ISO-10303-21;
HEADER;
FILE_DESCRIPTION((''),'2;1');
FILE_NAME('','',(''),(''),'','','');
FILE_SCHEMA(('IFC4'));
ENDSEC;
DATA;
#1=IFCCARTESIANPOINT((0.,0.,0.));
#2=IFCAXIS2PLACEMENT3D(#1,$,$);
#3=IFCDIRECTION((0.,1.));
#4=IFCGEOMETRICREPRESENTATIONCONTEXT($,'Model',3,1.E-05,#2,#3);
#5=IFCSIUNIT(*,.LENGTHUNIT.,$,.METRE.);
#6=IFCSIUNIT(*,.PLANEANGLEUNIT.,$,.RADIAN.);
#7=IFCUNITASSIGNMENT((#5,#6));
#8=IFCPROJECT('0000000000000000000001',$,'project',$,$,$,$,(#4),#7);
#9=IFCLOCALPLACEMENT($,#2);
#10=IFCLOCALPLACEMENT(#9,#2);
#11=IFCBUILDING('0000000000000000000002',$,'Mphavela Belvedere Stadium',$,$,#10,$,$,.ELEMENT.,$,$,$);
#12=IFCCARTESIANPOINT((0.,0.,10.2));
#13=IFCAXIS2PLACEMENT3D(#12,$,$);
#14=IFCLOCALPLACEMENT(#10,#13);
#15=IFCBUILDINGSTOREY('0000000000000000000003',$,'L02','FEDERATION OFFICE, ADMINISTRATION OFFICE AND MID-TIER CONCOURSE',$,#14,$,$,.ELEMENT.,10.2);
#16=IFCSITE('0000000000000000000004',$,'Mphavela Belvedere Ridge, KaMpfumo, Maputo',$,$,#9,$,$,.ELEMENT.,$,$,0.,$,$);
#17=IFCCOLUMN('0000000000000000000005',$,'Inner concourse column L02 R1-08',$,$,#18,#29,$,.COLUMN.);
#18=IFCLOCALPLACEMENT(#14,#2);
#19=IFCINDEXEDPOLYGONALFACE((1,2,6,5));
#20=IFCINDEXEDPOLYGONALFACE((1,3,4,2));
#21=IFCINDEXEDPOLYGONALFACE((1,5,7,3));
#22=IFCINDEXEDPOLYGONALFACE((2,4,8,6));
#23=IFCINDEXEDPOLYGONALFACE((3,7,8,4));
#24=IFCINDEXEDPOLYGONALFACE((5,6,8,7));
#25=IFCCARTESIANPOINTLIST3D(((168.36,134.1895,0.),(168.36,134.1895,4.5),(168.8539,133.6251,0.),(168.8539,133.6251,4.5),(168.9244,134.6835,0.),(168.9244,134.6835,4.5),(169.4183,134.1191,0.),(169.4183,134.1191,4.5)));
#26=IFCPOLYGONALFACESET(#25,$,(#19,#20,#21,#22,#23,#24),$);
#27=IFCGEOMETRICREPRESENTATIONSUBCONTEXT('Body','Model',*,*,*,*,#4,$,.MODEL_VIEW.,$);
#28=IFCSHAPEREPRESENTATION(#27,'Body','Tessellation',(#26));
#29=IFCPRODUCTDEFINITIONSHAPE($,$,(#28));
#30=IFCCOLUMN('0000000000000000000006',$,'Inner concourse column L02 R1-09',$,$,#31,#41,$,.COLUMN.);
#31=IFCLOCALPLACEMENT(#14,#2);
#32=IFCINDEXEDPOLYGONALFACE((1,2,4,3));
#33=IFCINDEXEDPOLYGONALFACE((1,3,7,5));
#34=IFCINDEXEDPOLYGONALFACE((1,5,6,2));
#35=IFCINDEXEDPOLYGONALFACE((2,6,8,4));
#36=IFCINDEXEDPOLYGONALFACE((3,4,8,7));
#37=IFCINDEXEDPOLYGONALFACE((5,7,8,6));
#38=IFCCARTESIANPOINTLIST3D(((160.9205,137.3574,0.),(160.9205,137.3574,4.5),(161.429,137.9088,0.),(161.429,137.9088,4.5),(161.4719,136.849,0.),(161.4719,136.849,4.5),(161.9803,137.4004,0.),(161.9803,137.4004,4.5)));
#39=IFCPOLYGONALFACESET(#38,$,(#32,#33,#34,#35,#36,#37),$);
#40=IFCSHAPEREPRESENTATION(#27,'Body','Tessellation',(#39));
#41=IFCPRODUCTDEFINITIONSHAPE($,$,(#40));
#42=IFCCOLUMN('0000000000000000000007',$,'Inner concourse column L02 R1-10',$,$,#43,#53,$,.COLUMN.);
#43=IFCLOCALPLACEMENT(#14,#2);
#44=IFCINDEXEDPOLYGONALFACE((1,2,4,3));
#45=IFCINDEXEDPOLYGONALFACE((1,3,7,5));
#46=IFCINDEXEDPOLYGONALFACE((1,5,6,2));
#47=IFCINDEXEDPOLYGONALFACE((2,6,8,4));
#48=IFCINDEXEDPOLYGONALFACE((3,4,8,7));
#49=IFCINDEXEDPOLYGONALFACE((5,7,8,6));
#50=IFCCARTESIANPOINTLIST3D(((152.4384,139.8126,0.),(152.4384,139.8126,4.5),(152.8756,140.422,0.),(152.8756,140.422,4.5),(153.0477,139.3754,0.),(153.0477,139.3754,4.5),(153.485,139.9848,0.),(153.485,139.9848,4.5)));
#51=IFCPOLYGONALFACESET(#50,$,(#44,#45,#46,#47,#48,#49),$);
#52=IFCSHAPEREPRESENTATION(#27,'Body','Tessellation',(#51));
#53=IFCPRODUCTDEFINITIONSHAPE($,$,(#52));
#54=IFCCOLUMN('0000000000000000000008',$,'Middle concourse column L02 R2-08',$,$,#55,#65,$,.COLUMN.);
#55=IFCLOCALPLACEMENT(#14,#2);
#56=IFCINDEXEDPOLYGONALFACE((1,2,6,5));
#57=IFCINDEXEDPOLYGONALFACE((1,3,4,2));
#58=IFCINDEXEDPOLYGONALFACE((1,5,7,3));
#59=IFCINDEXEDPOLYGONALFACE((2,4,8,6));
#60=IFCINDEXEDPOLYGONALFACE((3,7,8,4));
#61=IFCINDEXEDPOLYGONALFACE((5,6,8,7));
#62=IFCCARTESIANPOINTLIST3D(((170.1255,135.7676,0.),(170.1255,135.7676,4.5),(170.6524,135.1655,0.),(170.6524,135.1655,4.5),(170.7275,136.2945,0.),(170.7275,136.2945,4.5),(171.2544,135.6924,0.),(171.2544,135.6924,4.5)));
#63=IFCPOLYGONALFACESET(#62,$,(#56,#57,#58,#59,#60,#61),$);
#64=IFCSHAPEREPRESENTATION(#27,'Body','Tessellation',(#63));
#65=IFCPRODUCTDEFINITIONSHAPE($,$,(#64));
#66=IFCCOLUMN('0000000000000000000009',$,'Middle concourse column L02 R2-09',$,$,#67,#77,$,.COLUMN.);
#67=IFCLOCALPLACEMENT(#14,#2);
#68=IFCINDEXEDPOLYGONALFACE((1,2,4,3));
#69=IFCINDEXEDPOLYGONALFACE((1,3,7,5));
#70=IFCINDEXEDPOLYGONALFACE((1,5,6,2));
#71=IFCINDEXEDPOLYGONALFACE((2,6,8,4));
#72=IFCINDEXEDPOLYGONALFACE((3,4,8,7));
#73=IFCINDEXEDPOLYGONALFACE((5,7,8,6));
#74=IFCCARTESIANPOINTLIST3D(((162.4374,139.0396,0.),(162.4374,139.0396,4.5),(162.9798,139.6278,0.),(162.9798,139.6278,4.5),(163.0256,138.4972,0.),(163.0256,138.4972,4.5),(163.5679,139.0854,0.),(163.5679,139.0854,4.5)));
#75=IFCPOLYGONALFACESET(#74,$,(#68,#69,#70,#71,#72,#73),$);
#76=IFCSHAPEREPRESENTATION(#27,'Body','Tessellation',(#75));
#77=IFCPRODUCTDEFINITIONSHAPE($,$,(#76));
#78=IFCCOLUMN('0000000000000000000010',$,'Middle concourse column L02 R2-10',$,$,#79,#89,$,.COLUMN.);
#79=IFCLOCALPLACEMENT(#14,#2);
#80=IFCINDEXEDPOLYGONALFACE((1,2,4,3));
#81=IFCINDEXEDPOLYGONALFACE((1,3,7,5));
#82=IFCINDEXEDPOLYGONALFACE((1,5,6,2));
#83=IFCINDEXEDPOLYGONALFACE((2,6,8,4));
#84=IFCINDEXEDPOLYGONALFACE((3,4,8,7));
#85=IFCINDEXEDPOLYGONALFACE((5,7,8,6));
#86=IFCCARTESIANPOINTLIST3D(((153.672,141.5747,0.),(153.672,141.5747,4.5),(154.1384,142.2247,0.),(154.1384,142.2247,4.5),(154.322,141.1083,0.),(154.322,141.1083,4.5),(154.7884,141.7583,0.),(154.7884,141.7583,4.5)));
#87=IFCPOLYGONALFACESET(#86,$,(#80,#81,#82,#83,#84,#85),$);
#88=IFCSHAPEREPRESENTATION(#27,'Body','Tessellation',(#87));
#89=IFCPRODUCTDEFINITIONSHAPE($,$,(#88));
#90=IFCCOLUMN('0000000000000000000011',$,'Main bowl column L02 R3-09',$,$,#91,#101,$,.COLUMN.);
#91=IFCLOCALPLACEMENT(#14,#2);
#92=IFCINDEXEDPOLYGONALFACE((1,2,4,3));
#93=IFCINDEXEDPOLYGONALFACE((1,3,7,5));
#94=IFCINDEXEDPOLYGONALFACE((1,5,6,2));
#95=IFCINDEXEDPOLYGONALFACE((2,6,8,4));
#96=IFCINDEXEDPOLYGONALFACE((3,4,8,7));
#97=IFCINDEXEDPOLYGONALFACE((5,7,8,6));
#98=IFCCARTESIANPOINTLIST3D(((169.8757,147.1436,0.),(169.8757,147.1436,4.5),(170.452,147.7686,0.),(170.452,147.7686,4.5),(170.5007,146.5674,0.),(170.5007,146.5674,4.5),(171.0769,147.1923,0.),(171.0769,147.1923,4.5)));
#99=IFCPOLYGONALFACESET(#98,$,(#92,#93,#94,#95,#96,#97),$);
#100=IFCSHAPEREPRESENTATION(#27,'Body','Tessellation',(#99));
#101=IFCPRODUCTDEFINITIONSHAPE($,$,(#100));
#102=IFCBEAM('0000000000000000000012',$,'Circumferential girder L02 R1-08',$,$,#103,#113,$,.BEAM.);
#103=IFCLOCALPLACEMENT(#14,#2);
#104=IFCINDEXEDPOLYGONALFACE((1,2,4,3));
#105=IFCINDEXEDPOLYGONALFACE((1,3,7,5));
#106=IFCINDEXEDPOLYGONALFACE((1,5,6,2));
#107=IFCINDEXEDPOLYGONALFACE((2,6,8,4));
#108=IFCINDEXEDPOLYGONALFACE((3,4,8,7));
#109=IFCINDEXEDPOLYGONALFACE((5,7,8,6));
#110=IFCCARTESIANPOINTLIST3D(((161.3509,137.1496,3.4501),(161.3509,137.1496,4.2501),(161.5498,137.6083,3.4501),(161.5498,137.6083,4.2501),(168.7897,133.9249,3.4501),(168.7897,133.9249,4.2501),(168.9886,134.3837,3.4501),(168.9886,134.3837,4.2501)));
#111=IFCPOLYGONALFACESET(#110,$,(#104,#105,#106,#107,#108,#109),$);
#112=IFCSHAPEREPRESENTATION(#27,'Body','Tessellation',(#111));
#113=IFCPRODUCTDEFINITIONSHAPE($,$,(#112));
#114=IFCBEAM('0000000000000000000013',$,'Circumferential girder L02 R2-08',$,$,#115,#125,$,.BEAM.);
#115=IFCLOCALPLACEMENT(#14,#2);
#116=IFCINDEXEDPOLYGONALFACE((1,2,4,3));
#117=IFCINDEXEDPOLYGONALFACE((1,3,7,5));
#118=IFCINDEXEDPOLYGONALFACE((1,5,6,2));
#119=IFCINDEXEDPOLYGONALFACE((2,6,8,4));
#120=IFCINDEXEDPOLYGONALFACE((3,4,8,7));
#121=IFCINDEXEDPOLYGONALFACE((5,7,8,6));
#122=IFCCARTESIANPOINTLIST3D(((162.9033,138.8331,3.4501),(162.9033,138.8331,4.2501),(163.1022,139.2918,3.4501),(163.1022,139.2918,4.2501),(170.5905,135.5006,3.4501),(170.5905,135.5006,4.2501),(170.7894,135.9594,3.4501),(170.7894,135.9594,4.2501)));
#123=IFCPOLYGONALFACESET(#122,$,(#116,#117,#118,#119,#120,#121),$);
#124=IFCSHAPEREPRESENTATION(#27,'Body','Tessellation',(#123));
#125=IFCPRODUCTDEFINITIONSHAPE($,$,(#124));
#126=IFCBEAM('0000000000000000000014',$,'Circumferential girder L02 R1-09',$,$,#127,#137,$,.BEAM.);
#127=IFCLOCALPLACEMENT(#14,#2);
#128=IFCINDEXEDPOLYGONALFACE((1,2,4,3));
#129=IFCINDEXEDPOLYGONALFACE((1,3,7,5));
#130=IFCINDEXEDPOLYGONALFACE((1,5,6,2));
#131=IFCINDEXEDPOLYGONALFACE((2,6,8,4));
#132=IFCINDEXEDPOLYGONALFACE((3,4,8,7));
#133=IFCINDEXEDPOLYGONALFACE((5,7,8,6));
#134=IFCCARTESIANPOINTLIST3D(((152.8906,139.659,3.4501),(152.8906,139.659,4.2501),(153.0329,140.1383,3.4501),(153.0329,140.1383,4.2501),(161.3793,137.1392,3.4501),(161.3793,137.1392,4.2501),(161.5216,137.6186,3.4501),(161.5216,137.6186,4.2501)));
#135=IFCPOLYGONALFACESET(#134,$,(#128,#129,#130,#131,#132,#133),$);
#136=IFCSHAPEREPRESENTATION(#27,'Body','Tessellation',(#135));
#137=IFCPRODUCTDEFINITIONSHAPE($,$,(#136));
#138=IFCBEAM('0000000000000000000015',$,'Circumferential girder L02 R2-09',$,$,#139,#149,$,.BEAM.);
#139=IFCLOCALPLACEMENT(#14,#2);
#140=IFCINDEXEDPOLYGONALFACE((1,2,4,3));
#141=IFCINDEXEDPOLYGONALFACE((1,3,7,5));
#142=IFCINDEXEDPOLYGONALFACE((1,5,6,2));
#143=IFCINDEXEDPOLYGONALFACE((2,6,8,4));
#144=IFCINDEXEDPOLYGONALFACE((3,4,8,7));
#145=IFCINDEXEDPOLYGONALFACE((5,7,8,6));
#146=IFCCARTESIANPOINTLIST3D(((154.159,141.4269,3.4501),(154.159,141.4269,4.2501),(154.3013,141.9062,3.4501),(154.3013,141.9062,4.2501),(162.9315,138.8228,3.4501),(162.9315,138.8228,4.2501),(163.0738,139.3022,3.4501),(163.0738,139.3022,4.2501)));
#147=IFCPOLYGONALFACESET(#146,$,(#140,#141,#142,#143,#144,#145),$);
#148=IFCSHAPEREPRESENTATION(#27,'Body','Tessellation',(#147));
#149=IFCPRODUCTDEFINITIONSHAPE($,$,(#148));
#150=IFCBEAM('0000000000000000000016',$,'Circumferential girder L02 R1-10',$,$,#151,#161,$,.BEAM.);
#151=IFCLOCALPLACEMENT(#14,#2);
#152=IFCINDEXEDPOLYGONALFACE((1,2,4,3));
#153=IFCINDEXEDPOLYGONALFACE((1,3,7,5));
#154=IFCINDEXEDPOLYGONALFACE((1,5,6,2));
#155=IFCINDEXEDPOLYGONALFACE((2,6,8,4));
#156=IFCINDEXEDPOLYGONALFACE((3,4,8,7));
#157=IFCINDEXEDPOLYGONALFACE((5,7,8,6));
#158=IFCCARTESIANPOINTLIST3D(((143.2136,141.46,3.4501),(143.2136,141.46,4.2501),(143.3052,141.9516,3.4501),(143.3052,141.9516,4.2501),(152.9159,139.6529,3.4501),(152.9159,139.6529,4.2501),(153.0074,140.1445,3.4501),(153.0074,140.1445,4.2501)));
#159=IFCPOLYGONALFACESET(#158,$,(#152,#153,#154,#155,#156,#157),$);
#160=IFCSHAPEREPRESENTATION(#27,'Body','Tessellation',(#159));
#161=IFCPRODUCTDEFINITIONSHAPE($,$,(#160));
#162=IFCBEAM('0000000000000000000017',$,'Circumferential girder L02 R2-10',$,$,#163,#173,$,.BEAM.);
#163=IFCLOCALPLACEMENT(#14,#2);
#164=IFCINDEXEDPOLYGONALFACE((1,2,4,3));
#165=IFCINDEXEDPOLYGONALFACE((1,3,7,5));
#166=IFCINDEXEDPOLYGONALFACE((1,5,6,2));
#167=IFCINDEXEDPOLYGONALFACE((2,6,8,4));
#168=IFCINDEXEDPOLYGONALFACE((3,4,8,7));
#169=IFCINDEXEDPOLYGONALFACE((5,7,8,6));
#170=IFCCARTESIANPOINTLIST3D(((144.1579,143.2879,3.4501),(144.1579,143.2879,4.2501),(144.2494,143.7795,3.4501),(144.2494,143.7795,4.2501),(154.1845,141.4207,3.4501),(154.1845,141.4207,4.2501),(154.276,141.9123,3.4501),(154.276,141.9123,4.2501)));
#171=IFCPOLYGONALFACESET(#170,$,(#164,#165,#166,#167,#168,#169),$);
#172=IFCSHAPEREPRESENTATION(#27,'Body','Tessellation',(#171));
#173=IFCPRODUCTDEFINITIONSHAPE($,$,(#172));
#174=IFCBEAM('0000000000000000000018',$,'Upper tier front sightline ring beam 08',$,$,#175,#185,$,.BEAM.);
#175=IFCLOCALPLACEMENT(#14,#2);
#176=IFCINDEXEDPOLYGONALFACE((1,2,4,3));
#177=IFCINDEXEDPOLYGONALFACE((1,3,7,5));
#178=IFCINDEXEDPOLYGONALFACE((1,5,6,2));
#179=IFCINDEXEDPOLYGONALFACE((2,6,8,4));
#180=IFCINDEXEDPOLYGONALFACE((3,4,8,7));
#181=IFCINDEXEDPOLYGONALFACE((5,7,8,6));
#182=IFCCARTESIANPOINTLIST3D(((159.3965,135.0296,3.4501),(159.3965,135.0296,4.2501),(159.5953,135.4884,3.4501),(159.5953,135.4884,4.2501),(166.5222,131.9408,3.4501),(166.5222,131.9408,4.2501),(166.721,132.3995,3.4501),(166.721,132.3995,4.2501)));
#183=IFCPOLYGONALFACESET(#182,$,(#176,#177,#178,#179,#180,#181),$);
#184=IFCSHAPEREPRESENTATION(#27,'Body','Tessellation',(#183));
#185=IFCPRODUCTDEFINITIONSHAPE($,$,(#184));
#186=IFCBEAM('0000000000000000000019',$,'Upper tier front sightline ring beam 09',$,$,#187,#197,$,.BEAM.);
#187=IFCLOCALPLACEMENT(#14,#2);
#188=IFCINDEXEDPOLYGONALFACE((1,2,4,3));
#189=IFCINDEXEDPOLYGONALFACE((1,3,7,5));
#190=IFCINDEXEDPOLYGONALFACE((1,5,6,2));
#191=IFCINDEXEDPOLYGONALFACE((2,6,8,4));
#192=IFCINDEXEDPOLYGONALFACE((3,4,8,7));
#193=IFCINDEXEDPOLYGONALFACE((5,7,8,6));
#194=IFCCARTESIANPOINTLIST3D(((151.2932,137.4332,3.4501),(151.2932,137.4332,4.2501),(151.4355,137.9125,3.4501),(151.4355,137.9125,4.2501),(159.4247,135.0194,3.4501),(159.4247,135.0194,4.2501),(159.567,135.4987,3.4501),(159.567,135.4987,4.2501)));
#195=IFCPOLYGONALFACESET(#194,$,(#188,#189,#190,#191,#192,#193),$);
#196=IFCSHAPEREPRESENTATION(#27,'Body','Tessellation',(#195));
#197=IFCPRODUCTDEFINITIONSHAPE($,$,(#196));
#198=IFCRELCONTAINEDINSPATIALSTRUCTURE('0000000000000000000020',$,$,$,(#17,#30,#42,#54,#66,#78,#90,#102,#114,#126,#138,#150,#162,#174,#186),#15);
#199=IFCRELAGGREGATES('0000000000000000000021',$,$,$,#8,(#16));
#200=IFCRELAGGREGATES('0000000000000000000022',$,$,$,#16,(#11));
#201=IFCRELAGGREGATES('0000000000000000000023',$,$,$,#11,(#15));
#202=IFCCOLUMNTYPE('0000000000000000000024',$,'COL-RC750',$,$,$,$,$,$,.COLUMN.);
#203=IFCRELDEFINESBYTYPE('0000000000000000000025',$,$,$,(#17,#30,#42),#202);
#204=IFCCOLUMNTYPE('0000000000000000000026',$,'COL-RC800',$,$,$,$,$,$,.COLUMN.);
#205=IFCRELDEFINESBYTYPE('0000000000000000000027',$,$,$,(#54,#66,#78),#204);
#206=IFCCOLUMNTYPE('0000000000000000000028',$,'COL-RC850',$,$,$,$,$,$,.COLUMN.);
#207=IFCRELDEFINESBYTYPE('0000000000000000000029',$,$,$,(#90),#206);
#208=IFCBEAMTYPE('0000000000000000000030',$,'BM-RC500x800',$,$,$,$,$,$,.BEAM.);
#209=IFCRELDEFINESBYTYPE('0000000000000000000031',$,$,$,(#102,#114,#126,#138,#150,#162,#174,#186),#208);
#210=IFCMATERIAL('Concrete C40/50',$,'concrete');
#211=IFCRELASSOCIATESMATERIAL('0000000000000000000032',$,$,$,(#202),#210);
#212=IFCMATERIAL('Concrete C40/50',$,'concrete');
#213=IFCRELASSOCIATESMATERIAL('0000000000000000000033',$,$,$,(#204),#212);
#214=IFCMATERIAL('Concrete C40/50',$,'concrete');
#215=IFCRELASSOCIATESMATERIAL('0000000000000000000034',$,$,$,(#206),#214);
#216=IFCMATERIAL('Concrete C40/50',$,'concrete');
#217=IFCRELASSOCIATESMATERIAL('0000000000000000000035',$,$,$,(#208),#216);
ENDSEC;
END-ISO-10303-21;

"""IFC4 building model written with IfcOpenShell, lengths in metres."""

from ifc_helpers import new_model, si_unit, direction, frame, origin, origin_2d, place, context, subcontext, project, spatial, rectangle, extrude, material, material_profile, profile_set, type_object, element, save


model = new_model("IFC4")

# Units and contexts
model_context = context("Model", 3, precision=1e-05, world=origin(), true_north=direction((0.0, 1.0)))
body_context = subcontext(model_context, "Body", "Model", "MODEL_VIEW")
ifc_project = project(units=[si_unit("LENGTHUNIT", "METRE"), si_unit("PLANEANGLEUNIT", "RADIAN")], contexts=[model_context])

# Site, building, storey
site_placement = place(None, origin())
site = spatial("IfcSite", under=ifc_project, at=site_placement, Name="Mphavela Belvedere Ridge, KaMpfumo, Maputo", CompositionType="ELEMENT", RefElevation=0.0)
building_placement = place(site_placement, origin())
building = spatial("IfcBuilding", under=site, at=building_placement, Name="Mphavela Belvedere Stadium", CompositionType="ELEMENT")
storey_placement = place(building_placement, frame((0.0, 0.0, 10.2)))
storey = spatial("IfcBuildingStorey", under=building, at=storey_placement, Name="L02", Description="FEDERATION OFFICE, ADMINISTRATION OFFICE AND MID-TIER CONCOURSE", CompositionType="ELEMENT", Elevation=10.2)

# Columns
ifc_material_1 = material(Name="Concrete C40/50", Category="concrete")
ifc_material_profile_1 = material_profile(ifc_material_1, rectangle(XDim=0.75, YDim=0.75, at=origin_2d()), Name="RC 750x750")
ifc_profile_set_1 = profile_set([ifc_material_profile_1], Name="Concrete C40/50")
column_type_1 = type_object("IfcColumnType", Name="COL-RC750", PredefinedType="COLUMN", material=ifc_profile_set_1)
for number, where, z_axis, x_axis, name in (
    (1, (168.8892, 134.1543, 0.0), (0.0, 0.0, 1.0), (0.75253, 0.658558, 0.0), "Inner concourse column L02 R1-08"),
    (2, (161.4504, 137.3789, 0.0), (0.0, 0.0, 1.0), (0.677903, 0.735151, 0.0), "Inner concourse column L02 R1-09"),
    (3, (152.9617, 139.8987, 0.0), (0.0, 0.0, 1.0), (0.582974, 0.812491, 0.0), "Inner concourse column L02 R1-10"),
):
    element("IfcColumn", number, at=place(storey_placement, frame(where, z_axis=z_axis, x_axis=x_axis)), inside=storey, type_object=column_type_1, Name=name, PredefinedType="COLUMN", context=body_context, shape_type="SweptSolid", body=[
        extrude(rectangle(XDim=0.75, YDim=0.75, at=origin_2d()), origin(), (0.0, 0.0, 1.0), 4.5),
    ])
ifc_material_2 = material(Name="Concrete C40/50", Category="concrete")
ifc_material_profile_2 = material_profile(ifc_material_2, rectangle(XDim=0.8, YDim=0.8, at=origin_2d()), Name="RC 800x800")
ifc_profile_set_2 = profile_set([ifc_material_profile_2], Name="Concrete C40/50")
column_type_2 = type_object("IfcColumnType", Name="COL-RC800", PredefinedType="COLUMN", material=ifc_profile_set_2)
for number, where, z_axis, x_axis, name in (
    (4, (170.6899, 135.73, 0.0), (0.0, 0.0, 1.0), (0.75253, 0.658558, 0.0), "Middle concourse column L02 R2-08"),
    (5, (163.0027, 139.0625, 0.0), (0.0, 0.0, 1.0), (0.677903, 0.735151, 0.0), "Middle concourse column L02 R2-09"),
    (6, (154.2302, 141.6665, 0.0), (0.0, 0.0, 1.0), (0.582974, 0.812491, 0.0), "Middle concourse column L02 R2-10"),
):
    element("IfcColumn", number, at=place(storey_placement, frame(where, z_axis=z_axis, x_axis=x_axis)), inside=storey, type_object=column_type_2, Name=name, PredefinedType="COLUMN", context=body_context, shape_type="SweptSolid", body=[
        extrude(rectangle(XDim=0.8, YDim=0.8, at=origin_2d()), origin(), (0.0, 0.0, 1.0), 4.5),
    ])
ifc_material_3 = material(Name="Concrete C40/50", Category="concrete")
ifc_material_profile_3 = material_profile(ifc_material_3, rectangle(XDim=0.8501, YDim=0.8501, at=origin_2d()), Name="RC 850x850")
ifc_profile_set_3 = profile_set([ifc_material_profile_3], Name="Concrete C40/50")
column_type_3 = type_object("IfcColumnType", Name="COL-RC850", PredefinedType="COLUMN", material=ifc_profile_set_3)
column_placement = place(storey_placement, frame((170.4763, 147.168, 0.0), z_axis=(0.0, 0.0, 1.0), x_axis=(0.677903, 0.735151, 0.0)))
element("IfcColumn", 7, at=column_placement, inside=storey, type_object=column_type_3, Name="Main bowl column L02 R3-09", PredefinedType="COLUMN", context=body_context, shape_type="SweptSolid", body=[
    extrude(rectangle(XDim=0.8501, YDim=0.8501, at=origin_2d()), origin(), (0.0, 0.0, 1.0), 4.5),
])

# Beams
ifc_material_4 = material(Name="Concrete C40/50", Category="concrete")
ifc_material_profile_4 = material_profile(ifc_material_4, rectangle(XDim=0.5, YDim=0.8, at=origin_2d()), Name="RC 500x800")
ifc_profile_set_4 = profile_set([ifc_material_profile_4], Name="Concrete C40/50")
beam_type_1 = type_object("IfcBeamType", Name="BM-RC500x800", PredefinedType="BEAM", material=ifc_profile_set_4)
beam_1_placement = place(storey_placement, frame((168.8892, 134.1543, 3.8501), z_axis=(-0.917503, 0.397728, 0.0), x_axis=(-0.397728, -0.917503, 0.0)))
element("IfcBeam", 8, at=beam_1_placement, inside=storey, type_object=beam_type_1, Name="Circumferential girder L02 R1-08", PredefinedType="BEAM", context=body_context, shape_type="SweptSolid", body=[
    extrude(rectangle(XDim=0.5, YDim=0.8, at=origin_2d()), origin(), (0.0, 0.0, 1.0), 8.1077),
])
beam_2_placement = place(storey_placement, frame((170.6899, 135.73, 3.8501), z_axis=(-0.917496, 0.397746, 0.0), x_axis=(-0.397746, -0.917496, 0.0)))
element("IfcBeam", 9, at=beam_2_placement, inside=storey, type_object=beam_type_1, Name="Circumferential girder L02 R2-08", PredefinedType="BEAM", context=body_context, shape_type="SweptSolid", body=[
    extrude(rectangle(XDim=0.5, YDim=0.8, at=origin_2d()), origin(), (0.0, 0.0, 1.0), 8.3784),
])
beam_3_placement = place(storey_placement, frame((161.4504, 137.3789, 3.8501), z_axis=(-0.958657, 0.284564, 0.0), x_axis=(-0.284564, -0.958657, 0.0)))
element("IfcBeam", 10, at=beam_3_placement, inside=storey, type_object=beam_type_1, Name="Circumferential girder L02 R1-09", PredefinedType="BEAM", context=body_context, shape_type="SweptSolid", body=[
    extrude(rectangle(XDim=0.5, YDim=0.8, at=origin_2d()), origin(), (0.0, 0.0, 1.0), 8.8547),
])
beam_4_placement = place(storey_placement, frame((163.0027, 139.0625, 3.8501), z_axis=(-0.958656, 0.284566, 0.0), x_axis=(-0.284566, -0.958656, 0.0)))
element("IfcBeam", 11, at=beam_4_placement, inside=storey, type_object=beam_type_1, Name="Circumferential girder L02 R2-09", PredefinedType="BEAM", context=body_context, shape_type="SweptSolid", body=[
    extrude(rectangle(XDim=0.5, YDim=0.8, at=origin_2d()), origin(), (0.0, 0.0, 1.0), 9.1509),
])
beam_5_placement = place(storey_placement, frame((152.9617, 139.8987, 3.8501), z_axis=(-0.983093, 0.183107, 0.0), x_axis=(-0.183107, -0.983093, 0.0)))
element("IfcBeam", 12, at=beam_5_placement, inside=storey, type_object=beam_type_1, Name="Circumferential girder L02 R1-10", PredefinedType="BEAM", context=body_context, shape_type="SweptSolid", body=[
    extrude(rectangle(XDim=0.5, YDim=0.8, at=origin_2d()), origin(), (0.0, 0.0, 1.0), 9.8691),
])
beam_6_placement = place(storey_placement, frame((154.2302, 141.6665, 3.8501), z_axis=(-0.983099, 0.183076, 0.0), x_axis=(-0.183076, -0.983099, 0.0)))
element("IfcBeam", 13, at=beam_6_placement, inside=storey, type_object=beam_type_1, Name="Circumferential girder L02 R2-10", PredefinedType="BEAM", context=body_context, shape_type="SweptSolid", body=[
    extrude(rectangle(XDim=0.5, YDim=0.8, at=origin_2d()), origin(), (0.0, 0.0, 1.0), 10.199),
])
beam_7_placement = place(storey_placement, frame((166.6216, 132.1702, 3.8501), z_axis=(-0.917506, 0.397721, 0.0), x_axis=(-0.397721, -0.917506, 0.0)))
element("IfcBeam", 14, at=beam_7_placement, inside=storey, type_object=beam_type_1, Name="Upper tier front sightline ring beam 08", PredefinedType="BEAM", context=body_context, shape_type="SweptSolid", body=[
    extrude(rectangle(XDim=0.5, YDim=0.8, at=origin_2d()), origin(), (0.0, 0.0, 1.0), 7.7664),
])
beam_8_placement = place(storey_placement, frame((159.4958, 135.259, 3.8501), z_axis=(-0.958655, 0.284571, 0.0), x_axis=(-0.284571, -0.958655, 0.0)))
element("IfcBeam", 15, at=beam_8_placement, inside=storey, type_object=beam_type_1, Name="Upper tier front sightline ring beam 09", PredefinedType="BEAM", context=body_context, shape_type="SweptSolid", body=[
    extrude(rectangle(XDim=0.5, YDim=0.8, at=origin_2d()), origin(), (0.0, 0.0, 1.0), 8.4822),
])

save(model, "model.ifc")
